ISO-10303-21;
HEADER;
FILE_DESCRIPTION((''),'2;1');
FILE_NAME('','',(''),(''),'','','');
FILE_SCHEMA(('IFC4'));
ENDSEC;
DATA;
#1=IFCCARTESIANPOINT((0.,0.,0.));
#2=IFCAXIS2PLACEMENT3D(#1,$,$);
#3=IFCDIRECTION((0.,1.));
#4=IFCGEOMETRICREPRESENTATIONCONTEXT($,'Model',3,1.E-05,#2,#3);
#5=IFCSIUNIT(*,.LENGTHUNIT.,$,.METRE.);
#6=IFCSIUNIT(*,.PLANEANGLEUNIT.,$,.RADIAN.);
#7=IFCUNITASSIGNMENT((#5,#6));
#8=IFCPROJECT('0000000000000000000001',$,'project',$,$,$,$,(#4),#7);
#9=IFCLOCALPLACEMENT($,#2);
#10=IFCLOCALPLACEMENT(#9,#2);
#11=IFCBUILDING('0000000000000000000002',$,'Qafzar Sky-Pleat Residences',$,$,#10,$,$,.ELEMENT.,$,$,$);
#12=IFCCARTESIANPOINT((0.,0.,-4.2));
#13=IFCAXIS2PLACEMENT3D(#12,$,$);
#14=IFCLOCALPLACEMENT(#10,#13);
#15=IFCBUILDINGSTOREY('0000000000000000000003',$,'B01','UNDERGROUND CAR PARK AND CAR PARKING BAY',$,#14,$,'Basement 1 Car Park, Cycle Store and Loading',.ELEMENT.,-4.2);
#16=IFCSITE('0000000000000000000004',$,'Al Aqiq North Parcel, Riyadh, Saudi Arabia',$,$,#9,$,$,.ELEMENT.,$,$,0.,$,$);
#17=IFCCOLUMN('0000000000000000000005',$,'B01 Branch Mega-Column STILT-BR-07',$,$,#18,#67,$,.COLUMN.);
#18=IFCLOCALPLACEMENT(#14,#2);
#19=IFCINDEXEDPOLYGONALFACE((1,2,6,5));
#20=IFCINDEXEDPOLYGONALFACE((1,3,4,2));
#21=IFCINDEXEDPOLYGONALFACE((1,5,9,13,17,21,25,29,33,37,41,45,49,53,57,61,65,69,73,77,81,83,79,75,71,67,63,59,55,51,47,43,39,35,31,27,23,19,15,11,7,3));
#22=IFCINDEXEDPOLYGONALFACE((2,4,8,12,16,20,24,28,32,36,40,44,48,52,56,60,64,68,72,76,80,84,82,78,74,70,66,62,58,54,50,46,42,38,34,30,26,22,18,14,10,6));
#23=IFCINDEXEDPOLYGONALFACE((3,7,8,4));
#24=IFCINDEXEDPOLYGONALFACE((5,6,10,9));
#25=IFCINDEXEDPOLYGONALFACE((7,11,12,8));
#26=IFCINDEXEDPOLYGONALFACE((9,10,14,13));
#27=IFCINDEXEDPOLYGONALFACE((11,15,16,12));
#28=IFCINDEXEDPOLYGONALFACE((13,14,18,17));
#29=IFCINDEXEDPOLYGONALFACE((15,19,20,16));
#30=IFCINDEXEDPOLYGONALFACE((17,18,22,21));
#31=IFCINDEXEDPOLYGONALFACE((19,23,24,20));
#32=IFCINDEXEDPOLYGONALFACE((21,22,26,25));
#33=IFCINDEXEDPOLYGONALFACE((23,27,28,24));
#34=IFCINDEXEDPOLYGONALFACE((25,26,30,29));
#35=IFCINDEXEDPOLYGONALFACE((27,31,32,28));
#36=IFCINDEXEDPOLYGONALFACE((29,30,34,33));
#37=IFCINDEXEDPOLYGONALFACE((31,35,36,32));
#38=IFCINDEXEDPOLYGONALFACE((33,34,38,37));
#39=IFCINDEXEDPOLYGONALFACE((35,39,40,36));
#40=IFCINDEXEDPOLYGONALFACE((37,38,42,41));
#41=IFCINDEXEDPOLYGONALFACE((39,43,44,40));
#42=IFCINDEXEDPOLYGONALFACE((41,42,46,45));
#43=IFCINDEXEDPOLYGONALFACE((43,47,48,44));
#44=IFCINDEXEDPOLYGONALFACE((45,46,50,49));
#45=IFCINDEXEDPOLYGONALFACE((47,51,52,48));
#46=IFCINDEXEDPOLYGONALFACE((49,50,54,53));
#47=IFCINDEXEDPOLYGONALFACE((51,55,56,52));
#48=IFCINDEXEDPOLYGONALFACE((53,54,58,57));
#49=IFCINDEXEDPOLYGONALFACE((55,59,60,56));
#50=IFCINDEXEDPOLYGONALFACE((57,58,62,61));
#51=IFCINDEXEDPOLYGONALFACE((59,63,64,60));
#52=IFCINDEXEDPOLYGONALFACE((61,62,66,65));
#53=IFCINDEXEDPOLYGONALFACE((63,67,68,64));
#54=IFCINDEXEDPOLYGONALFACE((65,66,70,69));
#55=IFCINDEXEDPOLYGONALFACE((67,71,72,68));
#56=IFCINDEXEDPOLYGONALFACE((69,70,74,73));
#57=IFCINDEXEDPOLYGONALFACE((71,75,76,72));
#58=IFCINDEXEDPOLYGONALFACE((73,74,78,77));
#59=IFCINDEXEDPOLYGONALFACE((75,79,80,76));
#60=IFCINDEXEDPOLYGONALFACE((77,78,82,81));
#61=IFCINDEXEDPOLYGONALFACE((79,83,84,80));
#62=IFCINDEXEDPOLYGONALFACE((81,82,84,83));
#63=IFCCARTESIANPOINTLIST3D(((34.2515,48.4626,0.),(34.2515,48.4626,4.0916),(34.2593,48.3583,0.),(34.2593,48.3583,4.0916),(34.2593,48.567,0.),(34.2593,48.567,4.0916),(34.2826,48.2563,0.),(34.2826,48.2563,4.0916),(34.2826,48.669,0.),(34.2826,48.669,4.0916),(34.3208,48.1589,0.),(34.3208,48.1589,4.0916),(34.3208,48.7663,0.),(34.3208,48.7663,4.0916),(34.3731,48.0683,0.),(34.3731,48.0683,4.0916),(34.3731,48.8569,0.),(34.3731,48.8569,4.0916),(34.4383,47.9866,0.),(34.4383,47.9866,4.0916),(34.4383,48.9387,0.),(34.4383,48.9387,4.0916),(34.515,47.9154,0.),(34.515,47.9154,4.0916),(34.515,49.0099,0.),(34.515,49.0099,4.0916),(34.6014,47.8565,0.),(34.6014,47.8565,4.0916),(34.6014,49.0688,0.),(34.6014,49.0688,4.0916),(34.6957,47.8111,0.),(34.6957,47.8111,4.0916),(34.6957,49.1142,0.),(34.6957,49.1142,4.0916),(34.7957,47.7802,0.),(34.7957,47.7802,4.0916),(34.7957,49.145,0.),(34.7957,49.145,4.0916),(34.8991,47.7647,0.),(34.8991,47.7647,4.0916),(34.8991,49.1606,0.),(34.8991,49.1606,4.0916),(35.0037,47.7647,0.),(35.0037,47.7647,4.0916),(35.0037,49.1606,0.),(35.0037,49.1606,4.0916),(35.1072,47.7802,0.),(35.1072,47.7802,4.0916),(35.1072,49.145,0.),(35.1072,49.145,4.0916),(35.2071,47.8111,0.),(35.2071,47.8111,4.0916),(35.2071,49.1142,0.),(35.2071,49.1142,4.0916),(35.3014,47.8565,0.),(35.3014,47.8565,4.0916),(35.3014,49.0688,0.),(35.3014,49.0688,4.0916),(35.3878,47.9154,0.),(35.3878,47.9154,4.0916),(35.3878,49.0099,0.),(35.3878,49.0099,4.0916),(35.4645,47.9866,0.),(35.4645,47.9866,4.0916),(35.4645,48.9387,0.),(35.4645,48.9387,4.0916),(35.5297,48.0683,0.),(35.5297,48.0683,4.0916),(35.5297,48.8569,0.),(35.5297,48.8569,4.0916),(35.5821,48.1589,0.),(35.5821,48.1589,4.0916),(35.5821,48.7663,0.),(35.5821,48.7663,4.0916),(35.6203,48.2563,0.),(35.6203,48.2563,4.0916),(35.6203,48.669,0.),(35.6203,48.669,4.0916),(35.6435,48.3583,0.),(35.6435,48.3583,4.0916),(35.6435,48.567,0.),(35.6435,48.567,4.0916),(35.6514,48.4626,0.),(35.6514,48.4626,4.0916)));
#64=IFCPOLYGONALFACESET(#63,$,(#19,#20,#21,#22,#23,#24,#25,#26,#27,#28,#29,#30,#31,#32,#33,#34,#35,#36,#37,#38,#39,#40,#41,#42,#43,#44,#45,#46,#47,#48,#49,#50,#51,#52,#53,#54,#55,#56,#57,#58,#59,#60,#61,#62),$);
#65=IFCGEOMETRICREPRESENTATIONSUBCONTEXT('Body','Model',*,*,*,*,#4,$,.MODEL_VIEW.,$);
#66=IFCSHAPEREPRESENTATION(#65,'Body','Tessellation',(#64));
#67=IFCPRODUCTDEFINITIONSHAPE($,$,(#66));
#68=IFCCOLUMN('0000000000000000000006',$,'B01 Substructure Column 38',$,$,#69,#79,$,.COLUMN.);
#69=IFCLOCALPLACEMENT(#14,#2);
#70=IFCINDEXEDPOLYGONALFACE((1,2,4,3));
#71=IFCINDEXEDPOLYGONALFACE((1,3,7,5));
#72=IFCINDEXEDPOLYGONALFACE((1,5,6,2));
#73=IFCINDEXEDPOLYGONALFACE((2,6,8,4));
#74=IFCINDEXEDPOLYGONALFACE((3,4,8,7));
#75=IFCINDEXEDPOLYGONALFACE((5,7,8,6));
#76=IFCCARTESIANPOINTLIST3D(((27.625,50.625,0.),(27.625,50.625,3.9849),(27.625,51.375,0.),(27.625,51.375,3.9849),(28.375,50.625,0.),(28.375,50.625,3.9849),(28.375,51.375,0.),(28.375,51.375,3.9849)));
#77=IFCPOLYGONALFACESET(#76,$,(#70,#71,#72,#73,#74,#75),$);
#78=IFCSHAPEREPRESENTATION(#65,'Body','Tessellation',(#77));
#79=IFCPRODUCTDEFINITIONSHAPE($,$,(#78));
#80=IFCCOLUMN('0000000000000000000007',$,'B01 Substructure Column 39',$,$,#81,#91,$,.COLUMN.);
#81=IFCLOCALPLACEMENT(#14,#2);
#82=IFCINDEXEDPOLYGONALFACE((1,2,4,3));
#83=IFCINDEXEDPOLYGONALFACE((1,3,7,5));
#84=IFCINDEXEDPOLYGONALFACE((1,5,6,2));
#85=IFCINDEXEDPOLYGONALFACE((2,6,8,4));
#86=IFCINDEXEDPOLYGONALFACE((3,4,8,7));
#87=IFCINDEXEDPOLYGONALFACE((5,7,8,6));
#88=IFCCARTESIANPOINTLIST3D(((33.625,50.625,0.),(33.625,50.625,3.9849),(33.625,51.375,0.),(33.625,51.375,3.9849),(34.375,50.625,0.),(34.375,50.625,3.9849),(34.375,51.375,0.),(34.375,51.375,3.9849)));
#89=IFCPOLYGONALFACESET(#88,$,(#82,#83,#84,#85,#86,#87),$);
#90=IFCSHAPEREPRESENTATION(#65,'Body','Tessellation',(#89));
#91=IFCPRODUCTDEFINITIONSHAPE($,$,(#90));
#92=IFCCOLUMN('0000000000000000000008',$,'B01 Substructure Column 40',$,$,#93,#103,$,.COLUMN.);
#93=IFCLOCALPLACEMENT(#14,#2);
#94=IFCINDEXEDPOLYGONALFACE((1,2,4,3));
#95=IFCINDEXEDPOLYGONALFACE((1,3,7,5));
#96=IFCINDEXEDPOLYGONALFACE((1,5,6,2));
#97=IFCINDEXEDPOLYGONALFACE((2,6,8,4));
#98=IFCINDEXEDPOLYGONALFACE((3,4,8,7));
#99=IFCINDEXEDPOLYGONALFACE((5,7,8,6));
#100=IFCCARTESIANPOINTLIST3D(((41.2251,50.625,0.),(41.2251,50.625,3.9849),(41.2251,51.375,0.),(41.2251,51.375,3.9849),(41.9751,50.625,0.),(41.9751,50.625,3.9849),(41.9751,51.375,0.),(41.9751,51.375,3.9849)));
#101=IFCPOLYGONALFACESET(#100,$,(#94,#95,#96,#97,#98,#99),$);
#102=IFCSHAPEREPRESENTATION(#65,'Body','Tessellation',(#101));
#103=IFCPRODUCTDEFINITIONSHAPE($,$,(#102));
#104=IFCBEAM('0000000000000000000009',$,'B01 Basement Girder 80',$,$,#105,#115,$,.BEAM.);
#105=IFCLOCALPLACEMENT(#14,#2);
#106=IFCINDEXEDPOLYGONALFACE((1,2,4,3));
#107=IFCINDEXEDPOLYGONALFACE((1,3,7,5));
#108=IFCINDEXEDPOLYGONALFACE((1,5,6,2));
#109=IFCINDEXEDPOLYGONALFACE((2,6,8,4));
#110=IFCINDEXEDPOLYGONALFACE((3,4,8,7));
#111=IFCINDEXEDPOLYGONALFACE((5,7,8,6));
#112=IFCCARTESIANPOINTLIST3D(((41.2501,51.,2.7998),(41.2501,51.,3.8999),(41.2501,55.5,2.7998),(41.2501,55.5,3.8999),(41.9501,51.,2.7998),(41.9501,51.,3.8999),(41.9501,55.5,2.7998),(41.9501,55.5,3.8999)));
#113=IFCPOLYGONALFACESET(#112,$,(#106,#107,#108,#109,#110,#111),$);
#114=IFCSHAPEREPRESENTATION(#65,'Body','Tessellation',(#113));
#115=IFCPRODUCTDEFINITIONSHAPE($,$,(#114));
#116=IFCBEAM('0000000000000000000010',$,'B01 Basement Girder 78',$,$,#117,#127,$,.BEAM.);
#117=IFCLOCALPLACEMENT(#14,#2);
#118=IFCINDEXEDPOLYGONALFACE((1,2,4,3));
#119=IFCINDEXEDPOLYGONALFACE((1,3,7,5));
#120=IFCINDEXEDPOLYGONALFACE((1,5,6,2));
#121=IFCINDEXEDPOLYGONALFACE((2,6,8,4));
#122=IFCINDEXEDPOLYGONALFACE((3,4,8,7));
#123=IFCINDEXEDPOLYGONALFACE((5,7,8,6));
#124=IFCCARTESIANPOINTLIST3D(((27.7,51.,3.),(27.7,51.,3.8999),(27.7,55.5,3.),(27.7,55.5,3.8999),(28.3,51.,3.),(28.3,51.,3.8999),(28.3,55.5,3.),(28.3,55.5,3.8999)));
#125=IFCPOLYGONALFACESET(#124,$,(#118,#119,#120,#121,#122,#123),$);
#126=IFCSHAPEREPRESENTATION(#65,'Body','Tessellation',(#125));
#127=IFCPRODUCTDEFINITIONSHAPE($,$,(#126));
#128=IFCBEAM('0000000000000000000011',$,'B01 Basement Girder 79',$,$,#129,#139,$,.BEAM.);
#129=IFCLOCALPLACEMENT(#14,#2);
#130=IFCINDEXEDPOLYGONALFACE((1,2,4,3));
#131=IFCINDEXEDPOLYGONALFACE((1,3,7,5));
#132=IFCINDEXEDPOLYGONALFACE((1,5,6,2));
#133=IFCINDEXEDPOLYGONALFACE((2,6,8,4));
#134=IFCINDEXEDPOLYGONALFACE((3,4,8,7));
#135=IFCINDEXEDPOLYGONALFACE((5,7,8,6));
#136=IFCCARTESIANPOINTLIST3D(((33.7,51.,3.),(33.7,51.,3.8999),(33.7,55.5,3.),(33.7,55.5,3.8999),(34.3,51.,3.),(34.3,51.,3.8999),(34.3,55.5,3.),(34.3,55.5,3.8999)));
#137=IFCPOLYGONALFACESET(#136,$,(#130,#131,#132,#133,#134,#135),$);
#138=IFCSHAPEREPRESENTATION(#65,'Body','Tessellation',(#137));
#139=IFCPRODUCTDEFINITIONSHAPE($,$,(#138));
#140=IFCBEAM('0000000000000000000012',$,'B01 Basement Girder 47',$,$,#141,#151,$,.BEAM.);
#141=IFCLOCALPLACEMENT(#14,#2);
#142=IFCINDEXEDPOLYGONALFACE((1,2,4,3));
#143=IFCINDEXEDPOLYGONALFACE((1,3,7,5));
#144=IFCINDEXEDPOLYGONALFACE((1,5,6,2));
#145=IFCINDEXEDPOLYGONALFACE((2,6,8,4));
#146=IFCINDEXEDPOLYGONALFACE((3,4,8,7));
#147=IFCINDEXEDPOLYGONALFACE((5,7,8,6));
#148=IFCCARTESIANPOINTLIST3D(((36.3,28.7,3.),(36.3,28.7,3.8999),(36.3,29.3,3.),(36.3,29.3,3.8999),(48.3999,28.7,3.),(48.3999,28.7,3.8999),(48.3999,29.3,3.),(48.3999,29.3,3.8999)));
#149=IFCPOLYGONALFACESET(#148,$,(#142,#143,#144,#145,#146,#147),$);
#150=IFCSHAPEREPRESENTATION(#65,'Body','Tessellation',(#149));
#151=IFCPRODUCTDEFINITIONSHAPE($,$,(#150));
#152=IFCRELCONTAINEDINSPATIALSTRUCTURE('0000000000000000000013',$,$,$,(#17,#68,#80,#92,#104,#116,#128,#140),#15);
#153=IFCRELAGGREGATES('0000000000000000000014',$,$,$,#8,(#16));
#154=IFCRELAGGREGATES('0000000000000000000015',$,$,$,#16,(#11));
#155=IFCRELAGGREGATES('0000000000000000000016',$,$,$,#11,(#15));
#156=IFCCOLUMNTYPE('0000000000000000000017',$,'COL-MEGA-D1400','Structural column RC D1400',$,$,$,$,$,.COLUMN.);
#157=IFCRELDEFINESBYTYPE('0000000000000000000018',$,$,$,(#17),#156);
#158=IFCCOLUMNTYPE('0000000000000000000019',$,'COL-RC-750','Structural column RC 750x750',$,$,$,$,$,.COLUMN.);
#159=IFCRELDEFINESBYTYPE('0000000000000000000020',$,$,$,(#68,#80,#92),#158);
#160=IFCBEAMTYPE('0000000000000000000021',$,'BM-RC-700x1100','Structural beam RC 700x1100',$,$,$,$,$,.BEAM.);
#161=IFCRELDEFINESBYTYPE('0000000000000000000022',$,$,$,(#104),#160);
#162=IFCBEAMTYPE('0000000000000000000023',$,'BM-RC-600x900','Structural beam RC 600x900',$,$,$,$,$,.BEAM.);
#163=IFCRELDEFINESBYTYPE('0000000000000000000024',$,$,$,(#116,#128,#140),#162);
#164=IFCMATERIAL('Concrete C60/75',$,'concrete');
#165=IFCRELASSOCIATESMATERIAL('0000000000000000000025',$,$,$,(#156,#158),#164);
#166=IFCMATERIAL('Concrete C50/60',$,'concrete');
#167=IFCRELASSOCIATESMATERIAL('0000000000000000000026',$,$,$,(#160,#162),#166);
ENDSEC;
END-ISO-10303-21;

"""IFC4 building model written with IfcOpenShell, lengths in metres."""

from ifc_helpers import new_model, si_unit, direction, frame, origin, origin_2d, place, context, subcontext, project, spatial, rectangle, circle, extrude, source, transform, mapped, material, material_profile, profile_set, type_object, element, save


model = new_model("IFC4")

# Units and contexts
model_context = context("Model", 3, precision=1e-05, world=origin(), true_north=direction((0.0, 1.0)))
body_context = subcontext(model_context, "Body", "Model", "MODEL_VIEW")
ifc_project = project(units=[si_unit("LENGTHUNIT", "METRE"), si_unit("PLANEANGLEUNIT", "RADIAN")], contexts=[model_context])

# Site, building, storey
site_placement = place(None, origin())
site = spatial("IfcSite", under=ifc_project, at=site_placement, Name="Al Aqiq North Parcel, Riyadh, Saudi Arabia", CompositionType="ELEMENT", RefElevation=0.0)
building_placement = place(site_placement, origin())
building = spatial("IfcBuilding", under=site, at=building_placement, Name="Qafzar Sky-Pleat Residences", CompositionType="ELEMENT")
storey_placement = place(building_placement, frame((0.0, 0.0, -4.2)))
storey = spatial("IfcBuildingStorey", under=building, at=storey_placement, Name="B01", Description="UNDERGROUND CAR PARK AND CAR PARKING BAY", LongName="Basement 1 Car Park, Cycle Store and Loading", CompositionType="ELEMENT", Elevation=-4.2)

# Columns
ifc_material_1 = material(Name="Concrete C60/75", Category="concrete")
ifc_material_profile_1 = material_profile(ifc_material_1, circle(Radius=0.7, at=origin_2d()), Name="RC D1400")
ifc_profile_set_1 = profile_set([ifc_material_profile_1], Name="Concrete C60/75")
column_type_1 = type_object("IfcColumnType", Name="COL-MEGA-D1400", Description="Structural column RC D1400", PredefinedType="COLUMN", material=ifc_profile_set_1)
shared_shape_1 = source(origin(), body_context, "Body", "SweptSolid", [
    extrude(circle(Radius=0.7, at=origin_2d()), origin(), (0.0, 0.0, 1.0), 4.0916),
])
column_1_placement = place(storey_placement, frame((34.9514, 48.4626, 0.0), z_axis=(0.0, 0.0, 1.0), x_axis=(1.0, 0.0, 0.0)))
element("IfcColumn", 1, at=column_1_placement, inside=storey, type_object=column_type_1, Name="B01 Branch Mega-Column STILT-BR-07", PredefinedType="COLUMN", context=body_context, shape_type="MappedRepresentation", body=[
    mapped(shared_shape_1, transform((0.0, 0.0, 0.0), x_axis=(1.0, 0.0, 0.0), y_axis=(0.0, 1.0, 0.0), z_axis=(0.0, 0.0, 1.0), scale=1.0)),
])
ifc_material_profile_2 = material_profile(ifc_material_1, rectangle(XDim=0.75, YDim=0.75, at=origin_2d()), Name="RC 750x750")
ifc_profile_set_2 = profile_set([ifc_material_profile_2], Name="Concrete C60/75")
column_type_2 = type_object("IfcColumnType", Name="COL-RC-750", Description="Structural column RC 750x750", PredefinedType="COLUMN", material=ifc_profile_set_2)
shared_shape_2 = source(origin(), body_context, "Body", "SweptSolid", [
    extrude(rectangle(XDim=0.75, YDim=0.75, at=origin_2d()), origin(), (0.0, 0.0, 1.0), 3.9849),
])
for number, where, z_axis, x_axis, name in (
    (2, (28.0, 51.0, 0.0), (0.0, 0.0, 1.0), (1.0, 0.0, 0.0), "B01 Substructure Column 38"),
    (3, (34.0, 51.0, 0.0), (0.0, 0.0, 1.0), (1.0, 0.0, 0.0), "B01 Substructure Column 39"),
    (4, (41.6001, 51.0, 0.0), (0.0, 0.0, 1.0), (1.0, 0.0, 0.0), "B01 Substructure Column 40"),
):
    element("IfcColumn", number, at=place(storey_placement, frame(where, z_axis=z_axis, x_axis=x_axis)), inside=storey, type_object=column_type_2, Name=name, PredefinedType="COLUMN", context=body_context, shape_type="MappedRepresentation", body=[
        mapped(shared_shape_2, transform((0.0, 0.0, 0.0), x_axis=(1.0, 0.0, 0.0), y_axis=(0.0, 1.0, 0.0), z_axis=(0.0, 0.0, 1.0), scale=1.0)),
    ])

# Beams
ifc_material_2 = material(Name="Concrete C50/60", Category="concrete")
ifc_material_profile_3 = material_profile(ifc_material_2, rectangle(XDim=0.7, YDim=1.1001, at=origin_2d()), Name="RC 700x1100")
ifc_profile_set_3 = profile_set([ifc_material_profile_3], Name="Concrete C50/60")
beam_type_1 = type_object("IfcBeamType", Name="BM-RC-700x1100", Description="Structural beam RC 700x1100", PredefinedType="BEAM", material=ifc_profile_set_3)
shared_shape_3 = source(origin(), body_context, "Body", "SweptSolid", [
    extrude(rectangle(XDim=0.7, YDim=1.1001, at=origin_2d()), origin(), (0.0, 0.0, 1.0), 4.5),
])
beam_1_placement = place(storey_placement, frame((41.6001, 51.0, 3.3499), z_axis=(0.0, 1.0, 0.0), x_axis=(-1.0, 0.0, 0.0)))
element("IfcBeam", 5, at=beam_1_placement, inside=storey, type_object=beam_type_1, Name="B01 Basement Girder 80", PredefinedType="BEAM", context=body_context, shape_type="MappedRepresentation", body=[
    mapped(shared_shape_3, transform((0.0, 0.0, 0.0), x_axis=(1.0, 0.0, 0.0), y_axis=(0.0, 1.0, 0.0), z_axis=(0.0, 0.0, 1.0), scale=1.0)),
])
ifc_material_profile_4 = material_profile(ifc_material_2, rectangle(XDim=0.6001, YDim=0.8999, at=origin_2d()), Name="RC 600x900")
ifc_profile_set_4 = profile_set([ifc_material_profile_4], Name="Concrete C50/60")
beam_type_2 = type_object("IfcBeamType", Name="BM-RC-600x900", Description="Structural beam RC 600x900", PredefinedType="BEAM", material=ifc_profile_set_4)
shared_shape_4 = source(origin(), body_context, "Body", "SweptSolid", [
    extrude(rectangle(XDim=0.6001, YDim=0.8999, at=origin_2d()), origin(), (0.0, 0.0, 1.0), 4.5),
])
for number, where, z_axis, x_axis, name in (
    (6, (28.0, 51.0, 3.45), (0.0, 1.0, 0.0), (-1.0, 0.0, 0.0), "B01 Basement Girder 78"),
    (7, (34.0, 51.0, 3.45), (0.0, 1.0, 0.0), (-1.0, 0.0, 0.0), "B01 Basement Girder 79"),
):
    element("IfcBeam", number, at=place(storey_placement, frame(where, z_axis=z_axis, x_axis=x_axis)), inside=storey, type_object=beam_type_2, Name=name, PredefinedType="BEAM", context=body_context, shape_type="MappedRepresentation", body=[
        mapped(shared_shape_4, transform((0.0, 0.0, 0.0), x_axis=(1.0, 0.0, 0.0), y_axis=(0.0, 1.0, 0.0), z_axis=(0.0, 0.0, 1.0), scale=1.0)),
    ])
shared_shape_5 = source(origin(), body_context, "Body", "SweptSolid", [
    extrude(rectangle(XDim=0.6001, YDim=0.8999, at=origin_2d()), origin(), (0.0, 0.0, 1.0), 12.0999),
])
beam_2_placement = place(storey_placement, frame((36.3, 29.0, 3.45), z_axis=(1.0, 0.0, 0.0), x_axis=(0.0, 1.0, 0.0)))
element("IfcBeam", 8, at=beam_2_placement, inside=storey, type_object=beam_type_2, Name="B01 Basement Girder 47", PredefinedType="BEAM", context=body_context, shape_type="MappedRepresentation", body=[
    mapped(shared_shape_5, transform((0.0, 0.0, 0.0), x_axis=(1.0, 0.0, 0.0), y_axis=(0.0, 1.0, 0.0), z_axis=(0.0, 0.0, 1.0), scale=1.0)),
])

save(model, "model.ifc")
